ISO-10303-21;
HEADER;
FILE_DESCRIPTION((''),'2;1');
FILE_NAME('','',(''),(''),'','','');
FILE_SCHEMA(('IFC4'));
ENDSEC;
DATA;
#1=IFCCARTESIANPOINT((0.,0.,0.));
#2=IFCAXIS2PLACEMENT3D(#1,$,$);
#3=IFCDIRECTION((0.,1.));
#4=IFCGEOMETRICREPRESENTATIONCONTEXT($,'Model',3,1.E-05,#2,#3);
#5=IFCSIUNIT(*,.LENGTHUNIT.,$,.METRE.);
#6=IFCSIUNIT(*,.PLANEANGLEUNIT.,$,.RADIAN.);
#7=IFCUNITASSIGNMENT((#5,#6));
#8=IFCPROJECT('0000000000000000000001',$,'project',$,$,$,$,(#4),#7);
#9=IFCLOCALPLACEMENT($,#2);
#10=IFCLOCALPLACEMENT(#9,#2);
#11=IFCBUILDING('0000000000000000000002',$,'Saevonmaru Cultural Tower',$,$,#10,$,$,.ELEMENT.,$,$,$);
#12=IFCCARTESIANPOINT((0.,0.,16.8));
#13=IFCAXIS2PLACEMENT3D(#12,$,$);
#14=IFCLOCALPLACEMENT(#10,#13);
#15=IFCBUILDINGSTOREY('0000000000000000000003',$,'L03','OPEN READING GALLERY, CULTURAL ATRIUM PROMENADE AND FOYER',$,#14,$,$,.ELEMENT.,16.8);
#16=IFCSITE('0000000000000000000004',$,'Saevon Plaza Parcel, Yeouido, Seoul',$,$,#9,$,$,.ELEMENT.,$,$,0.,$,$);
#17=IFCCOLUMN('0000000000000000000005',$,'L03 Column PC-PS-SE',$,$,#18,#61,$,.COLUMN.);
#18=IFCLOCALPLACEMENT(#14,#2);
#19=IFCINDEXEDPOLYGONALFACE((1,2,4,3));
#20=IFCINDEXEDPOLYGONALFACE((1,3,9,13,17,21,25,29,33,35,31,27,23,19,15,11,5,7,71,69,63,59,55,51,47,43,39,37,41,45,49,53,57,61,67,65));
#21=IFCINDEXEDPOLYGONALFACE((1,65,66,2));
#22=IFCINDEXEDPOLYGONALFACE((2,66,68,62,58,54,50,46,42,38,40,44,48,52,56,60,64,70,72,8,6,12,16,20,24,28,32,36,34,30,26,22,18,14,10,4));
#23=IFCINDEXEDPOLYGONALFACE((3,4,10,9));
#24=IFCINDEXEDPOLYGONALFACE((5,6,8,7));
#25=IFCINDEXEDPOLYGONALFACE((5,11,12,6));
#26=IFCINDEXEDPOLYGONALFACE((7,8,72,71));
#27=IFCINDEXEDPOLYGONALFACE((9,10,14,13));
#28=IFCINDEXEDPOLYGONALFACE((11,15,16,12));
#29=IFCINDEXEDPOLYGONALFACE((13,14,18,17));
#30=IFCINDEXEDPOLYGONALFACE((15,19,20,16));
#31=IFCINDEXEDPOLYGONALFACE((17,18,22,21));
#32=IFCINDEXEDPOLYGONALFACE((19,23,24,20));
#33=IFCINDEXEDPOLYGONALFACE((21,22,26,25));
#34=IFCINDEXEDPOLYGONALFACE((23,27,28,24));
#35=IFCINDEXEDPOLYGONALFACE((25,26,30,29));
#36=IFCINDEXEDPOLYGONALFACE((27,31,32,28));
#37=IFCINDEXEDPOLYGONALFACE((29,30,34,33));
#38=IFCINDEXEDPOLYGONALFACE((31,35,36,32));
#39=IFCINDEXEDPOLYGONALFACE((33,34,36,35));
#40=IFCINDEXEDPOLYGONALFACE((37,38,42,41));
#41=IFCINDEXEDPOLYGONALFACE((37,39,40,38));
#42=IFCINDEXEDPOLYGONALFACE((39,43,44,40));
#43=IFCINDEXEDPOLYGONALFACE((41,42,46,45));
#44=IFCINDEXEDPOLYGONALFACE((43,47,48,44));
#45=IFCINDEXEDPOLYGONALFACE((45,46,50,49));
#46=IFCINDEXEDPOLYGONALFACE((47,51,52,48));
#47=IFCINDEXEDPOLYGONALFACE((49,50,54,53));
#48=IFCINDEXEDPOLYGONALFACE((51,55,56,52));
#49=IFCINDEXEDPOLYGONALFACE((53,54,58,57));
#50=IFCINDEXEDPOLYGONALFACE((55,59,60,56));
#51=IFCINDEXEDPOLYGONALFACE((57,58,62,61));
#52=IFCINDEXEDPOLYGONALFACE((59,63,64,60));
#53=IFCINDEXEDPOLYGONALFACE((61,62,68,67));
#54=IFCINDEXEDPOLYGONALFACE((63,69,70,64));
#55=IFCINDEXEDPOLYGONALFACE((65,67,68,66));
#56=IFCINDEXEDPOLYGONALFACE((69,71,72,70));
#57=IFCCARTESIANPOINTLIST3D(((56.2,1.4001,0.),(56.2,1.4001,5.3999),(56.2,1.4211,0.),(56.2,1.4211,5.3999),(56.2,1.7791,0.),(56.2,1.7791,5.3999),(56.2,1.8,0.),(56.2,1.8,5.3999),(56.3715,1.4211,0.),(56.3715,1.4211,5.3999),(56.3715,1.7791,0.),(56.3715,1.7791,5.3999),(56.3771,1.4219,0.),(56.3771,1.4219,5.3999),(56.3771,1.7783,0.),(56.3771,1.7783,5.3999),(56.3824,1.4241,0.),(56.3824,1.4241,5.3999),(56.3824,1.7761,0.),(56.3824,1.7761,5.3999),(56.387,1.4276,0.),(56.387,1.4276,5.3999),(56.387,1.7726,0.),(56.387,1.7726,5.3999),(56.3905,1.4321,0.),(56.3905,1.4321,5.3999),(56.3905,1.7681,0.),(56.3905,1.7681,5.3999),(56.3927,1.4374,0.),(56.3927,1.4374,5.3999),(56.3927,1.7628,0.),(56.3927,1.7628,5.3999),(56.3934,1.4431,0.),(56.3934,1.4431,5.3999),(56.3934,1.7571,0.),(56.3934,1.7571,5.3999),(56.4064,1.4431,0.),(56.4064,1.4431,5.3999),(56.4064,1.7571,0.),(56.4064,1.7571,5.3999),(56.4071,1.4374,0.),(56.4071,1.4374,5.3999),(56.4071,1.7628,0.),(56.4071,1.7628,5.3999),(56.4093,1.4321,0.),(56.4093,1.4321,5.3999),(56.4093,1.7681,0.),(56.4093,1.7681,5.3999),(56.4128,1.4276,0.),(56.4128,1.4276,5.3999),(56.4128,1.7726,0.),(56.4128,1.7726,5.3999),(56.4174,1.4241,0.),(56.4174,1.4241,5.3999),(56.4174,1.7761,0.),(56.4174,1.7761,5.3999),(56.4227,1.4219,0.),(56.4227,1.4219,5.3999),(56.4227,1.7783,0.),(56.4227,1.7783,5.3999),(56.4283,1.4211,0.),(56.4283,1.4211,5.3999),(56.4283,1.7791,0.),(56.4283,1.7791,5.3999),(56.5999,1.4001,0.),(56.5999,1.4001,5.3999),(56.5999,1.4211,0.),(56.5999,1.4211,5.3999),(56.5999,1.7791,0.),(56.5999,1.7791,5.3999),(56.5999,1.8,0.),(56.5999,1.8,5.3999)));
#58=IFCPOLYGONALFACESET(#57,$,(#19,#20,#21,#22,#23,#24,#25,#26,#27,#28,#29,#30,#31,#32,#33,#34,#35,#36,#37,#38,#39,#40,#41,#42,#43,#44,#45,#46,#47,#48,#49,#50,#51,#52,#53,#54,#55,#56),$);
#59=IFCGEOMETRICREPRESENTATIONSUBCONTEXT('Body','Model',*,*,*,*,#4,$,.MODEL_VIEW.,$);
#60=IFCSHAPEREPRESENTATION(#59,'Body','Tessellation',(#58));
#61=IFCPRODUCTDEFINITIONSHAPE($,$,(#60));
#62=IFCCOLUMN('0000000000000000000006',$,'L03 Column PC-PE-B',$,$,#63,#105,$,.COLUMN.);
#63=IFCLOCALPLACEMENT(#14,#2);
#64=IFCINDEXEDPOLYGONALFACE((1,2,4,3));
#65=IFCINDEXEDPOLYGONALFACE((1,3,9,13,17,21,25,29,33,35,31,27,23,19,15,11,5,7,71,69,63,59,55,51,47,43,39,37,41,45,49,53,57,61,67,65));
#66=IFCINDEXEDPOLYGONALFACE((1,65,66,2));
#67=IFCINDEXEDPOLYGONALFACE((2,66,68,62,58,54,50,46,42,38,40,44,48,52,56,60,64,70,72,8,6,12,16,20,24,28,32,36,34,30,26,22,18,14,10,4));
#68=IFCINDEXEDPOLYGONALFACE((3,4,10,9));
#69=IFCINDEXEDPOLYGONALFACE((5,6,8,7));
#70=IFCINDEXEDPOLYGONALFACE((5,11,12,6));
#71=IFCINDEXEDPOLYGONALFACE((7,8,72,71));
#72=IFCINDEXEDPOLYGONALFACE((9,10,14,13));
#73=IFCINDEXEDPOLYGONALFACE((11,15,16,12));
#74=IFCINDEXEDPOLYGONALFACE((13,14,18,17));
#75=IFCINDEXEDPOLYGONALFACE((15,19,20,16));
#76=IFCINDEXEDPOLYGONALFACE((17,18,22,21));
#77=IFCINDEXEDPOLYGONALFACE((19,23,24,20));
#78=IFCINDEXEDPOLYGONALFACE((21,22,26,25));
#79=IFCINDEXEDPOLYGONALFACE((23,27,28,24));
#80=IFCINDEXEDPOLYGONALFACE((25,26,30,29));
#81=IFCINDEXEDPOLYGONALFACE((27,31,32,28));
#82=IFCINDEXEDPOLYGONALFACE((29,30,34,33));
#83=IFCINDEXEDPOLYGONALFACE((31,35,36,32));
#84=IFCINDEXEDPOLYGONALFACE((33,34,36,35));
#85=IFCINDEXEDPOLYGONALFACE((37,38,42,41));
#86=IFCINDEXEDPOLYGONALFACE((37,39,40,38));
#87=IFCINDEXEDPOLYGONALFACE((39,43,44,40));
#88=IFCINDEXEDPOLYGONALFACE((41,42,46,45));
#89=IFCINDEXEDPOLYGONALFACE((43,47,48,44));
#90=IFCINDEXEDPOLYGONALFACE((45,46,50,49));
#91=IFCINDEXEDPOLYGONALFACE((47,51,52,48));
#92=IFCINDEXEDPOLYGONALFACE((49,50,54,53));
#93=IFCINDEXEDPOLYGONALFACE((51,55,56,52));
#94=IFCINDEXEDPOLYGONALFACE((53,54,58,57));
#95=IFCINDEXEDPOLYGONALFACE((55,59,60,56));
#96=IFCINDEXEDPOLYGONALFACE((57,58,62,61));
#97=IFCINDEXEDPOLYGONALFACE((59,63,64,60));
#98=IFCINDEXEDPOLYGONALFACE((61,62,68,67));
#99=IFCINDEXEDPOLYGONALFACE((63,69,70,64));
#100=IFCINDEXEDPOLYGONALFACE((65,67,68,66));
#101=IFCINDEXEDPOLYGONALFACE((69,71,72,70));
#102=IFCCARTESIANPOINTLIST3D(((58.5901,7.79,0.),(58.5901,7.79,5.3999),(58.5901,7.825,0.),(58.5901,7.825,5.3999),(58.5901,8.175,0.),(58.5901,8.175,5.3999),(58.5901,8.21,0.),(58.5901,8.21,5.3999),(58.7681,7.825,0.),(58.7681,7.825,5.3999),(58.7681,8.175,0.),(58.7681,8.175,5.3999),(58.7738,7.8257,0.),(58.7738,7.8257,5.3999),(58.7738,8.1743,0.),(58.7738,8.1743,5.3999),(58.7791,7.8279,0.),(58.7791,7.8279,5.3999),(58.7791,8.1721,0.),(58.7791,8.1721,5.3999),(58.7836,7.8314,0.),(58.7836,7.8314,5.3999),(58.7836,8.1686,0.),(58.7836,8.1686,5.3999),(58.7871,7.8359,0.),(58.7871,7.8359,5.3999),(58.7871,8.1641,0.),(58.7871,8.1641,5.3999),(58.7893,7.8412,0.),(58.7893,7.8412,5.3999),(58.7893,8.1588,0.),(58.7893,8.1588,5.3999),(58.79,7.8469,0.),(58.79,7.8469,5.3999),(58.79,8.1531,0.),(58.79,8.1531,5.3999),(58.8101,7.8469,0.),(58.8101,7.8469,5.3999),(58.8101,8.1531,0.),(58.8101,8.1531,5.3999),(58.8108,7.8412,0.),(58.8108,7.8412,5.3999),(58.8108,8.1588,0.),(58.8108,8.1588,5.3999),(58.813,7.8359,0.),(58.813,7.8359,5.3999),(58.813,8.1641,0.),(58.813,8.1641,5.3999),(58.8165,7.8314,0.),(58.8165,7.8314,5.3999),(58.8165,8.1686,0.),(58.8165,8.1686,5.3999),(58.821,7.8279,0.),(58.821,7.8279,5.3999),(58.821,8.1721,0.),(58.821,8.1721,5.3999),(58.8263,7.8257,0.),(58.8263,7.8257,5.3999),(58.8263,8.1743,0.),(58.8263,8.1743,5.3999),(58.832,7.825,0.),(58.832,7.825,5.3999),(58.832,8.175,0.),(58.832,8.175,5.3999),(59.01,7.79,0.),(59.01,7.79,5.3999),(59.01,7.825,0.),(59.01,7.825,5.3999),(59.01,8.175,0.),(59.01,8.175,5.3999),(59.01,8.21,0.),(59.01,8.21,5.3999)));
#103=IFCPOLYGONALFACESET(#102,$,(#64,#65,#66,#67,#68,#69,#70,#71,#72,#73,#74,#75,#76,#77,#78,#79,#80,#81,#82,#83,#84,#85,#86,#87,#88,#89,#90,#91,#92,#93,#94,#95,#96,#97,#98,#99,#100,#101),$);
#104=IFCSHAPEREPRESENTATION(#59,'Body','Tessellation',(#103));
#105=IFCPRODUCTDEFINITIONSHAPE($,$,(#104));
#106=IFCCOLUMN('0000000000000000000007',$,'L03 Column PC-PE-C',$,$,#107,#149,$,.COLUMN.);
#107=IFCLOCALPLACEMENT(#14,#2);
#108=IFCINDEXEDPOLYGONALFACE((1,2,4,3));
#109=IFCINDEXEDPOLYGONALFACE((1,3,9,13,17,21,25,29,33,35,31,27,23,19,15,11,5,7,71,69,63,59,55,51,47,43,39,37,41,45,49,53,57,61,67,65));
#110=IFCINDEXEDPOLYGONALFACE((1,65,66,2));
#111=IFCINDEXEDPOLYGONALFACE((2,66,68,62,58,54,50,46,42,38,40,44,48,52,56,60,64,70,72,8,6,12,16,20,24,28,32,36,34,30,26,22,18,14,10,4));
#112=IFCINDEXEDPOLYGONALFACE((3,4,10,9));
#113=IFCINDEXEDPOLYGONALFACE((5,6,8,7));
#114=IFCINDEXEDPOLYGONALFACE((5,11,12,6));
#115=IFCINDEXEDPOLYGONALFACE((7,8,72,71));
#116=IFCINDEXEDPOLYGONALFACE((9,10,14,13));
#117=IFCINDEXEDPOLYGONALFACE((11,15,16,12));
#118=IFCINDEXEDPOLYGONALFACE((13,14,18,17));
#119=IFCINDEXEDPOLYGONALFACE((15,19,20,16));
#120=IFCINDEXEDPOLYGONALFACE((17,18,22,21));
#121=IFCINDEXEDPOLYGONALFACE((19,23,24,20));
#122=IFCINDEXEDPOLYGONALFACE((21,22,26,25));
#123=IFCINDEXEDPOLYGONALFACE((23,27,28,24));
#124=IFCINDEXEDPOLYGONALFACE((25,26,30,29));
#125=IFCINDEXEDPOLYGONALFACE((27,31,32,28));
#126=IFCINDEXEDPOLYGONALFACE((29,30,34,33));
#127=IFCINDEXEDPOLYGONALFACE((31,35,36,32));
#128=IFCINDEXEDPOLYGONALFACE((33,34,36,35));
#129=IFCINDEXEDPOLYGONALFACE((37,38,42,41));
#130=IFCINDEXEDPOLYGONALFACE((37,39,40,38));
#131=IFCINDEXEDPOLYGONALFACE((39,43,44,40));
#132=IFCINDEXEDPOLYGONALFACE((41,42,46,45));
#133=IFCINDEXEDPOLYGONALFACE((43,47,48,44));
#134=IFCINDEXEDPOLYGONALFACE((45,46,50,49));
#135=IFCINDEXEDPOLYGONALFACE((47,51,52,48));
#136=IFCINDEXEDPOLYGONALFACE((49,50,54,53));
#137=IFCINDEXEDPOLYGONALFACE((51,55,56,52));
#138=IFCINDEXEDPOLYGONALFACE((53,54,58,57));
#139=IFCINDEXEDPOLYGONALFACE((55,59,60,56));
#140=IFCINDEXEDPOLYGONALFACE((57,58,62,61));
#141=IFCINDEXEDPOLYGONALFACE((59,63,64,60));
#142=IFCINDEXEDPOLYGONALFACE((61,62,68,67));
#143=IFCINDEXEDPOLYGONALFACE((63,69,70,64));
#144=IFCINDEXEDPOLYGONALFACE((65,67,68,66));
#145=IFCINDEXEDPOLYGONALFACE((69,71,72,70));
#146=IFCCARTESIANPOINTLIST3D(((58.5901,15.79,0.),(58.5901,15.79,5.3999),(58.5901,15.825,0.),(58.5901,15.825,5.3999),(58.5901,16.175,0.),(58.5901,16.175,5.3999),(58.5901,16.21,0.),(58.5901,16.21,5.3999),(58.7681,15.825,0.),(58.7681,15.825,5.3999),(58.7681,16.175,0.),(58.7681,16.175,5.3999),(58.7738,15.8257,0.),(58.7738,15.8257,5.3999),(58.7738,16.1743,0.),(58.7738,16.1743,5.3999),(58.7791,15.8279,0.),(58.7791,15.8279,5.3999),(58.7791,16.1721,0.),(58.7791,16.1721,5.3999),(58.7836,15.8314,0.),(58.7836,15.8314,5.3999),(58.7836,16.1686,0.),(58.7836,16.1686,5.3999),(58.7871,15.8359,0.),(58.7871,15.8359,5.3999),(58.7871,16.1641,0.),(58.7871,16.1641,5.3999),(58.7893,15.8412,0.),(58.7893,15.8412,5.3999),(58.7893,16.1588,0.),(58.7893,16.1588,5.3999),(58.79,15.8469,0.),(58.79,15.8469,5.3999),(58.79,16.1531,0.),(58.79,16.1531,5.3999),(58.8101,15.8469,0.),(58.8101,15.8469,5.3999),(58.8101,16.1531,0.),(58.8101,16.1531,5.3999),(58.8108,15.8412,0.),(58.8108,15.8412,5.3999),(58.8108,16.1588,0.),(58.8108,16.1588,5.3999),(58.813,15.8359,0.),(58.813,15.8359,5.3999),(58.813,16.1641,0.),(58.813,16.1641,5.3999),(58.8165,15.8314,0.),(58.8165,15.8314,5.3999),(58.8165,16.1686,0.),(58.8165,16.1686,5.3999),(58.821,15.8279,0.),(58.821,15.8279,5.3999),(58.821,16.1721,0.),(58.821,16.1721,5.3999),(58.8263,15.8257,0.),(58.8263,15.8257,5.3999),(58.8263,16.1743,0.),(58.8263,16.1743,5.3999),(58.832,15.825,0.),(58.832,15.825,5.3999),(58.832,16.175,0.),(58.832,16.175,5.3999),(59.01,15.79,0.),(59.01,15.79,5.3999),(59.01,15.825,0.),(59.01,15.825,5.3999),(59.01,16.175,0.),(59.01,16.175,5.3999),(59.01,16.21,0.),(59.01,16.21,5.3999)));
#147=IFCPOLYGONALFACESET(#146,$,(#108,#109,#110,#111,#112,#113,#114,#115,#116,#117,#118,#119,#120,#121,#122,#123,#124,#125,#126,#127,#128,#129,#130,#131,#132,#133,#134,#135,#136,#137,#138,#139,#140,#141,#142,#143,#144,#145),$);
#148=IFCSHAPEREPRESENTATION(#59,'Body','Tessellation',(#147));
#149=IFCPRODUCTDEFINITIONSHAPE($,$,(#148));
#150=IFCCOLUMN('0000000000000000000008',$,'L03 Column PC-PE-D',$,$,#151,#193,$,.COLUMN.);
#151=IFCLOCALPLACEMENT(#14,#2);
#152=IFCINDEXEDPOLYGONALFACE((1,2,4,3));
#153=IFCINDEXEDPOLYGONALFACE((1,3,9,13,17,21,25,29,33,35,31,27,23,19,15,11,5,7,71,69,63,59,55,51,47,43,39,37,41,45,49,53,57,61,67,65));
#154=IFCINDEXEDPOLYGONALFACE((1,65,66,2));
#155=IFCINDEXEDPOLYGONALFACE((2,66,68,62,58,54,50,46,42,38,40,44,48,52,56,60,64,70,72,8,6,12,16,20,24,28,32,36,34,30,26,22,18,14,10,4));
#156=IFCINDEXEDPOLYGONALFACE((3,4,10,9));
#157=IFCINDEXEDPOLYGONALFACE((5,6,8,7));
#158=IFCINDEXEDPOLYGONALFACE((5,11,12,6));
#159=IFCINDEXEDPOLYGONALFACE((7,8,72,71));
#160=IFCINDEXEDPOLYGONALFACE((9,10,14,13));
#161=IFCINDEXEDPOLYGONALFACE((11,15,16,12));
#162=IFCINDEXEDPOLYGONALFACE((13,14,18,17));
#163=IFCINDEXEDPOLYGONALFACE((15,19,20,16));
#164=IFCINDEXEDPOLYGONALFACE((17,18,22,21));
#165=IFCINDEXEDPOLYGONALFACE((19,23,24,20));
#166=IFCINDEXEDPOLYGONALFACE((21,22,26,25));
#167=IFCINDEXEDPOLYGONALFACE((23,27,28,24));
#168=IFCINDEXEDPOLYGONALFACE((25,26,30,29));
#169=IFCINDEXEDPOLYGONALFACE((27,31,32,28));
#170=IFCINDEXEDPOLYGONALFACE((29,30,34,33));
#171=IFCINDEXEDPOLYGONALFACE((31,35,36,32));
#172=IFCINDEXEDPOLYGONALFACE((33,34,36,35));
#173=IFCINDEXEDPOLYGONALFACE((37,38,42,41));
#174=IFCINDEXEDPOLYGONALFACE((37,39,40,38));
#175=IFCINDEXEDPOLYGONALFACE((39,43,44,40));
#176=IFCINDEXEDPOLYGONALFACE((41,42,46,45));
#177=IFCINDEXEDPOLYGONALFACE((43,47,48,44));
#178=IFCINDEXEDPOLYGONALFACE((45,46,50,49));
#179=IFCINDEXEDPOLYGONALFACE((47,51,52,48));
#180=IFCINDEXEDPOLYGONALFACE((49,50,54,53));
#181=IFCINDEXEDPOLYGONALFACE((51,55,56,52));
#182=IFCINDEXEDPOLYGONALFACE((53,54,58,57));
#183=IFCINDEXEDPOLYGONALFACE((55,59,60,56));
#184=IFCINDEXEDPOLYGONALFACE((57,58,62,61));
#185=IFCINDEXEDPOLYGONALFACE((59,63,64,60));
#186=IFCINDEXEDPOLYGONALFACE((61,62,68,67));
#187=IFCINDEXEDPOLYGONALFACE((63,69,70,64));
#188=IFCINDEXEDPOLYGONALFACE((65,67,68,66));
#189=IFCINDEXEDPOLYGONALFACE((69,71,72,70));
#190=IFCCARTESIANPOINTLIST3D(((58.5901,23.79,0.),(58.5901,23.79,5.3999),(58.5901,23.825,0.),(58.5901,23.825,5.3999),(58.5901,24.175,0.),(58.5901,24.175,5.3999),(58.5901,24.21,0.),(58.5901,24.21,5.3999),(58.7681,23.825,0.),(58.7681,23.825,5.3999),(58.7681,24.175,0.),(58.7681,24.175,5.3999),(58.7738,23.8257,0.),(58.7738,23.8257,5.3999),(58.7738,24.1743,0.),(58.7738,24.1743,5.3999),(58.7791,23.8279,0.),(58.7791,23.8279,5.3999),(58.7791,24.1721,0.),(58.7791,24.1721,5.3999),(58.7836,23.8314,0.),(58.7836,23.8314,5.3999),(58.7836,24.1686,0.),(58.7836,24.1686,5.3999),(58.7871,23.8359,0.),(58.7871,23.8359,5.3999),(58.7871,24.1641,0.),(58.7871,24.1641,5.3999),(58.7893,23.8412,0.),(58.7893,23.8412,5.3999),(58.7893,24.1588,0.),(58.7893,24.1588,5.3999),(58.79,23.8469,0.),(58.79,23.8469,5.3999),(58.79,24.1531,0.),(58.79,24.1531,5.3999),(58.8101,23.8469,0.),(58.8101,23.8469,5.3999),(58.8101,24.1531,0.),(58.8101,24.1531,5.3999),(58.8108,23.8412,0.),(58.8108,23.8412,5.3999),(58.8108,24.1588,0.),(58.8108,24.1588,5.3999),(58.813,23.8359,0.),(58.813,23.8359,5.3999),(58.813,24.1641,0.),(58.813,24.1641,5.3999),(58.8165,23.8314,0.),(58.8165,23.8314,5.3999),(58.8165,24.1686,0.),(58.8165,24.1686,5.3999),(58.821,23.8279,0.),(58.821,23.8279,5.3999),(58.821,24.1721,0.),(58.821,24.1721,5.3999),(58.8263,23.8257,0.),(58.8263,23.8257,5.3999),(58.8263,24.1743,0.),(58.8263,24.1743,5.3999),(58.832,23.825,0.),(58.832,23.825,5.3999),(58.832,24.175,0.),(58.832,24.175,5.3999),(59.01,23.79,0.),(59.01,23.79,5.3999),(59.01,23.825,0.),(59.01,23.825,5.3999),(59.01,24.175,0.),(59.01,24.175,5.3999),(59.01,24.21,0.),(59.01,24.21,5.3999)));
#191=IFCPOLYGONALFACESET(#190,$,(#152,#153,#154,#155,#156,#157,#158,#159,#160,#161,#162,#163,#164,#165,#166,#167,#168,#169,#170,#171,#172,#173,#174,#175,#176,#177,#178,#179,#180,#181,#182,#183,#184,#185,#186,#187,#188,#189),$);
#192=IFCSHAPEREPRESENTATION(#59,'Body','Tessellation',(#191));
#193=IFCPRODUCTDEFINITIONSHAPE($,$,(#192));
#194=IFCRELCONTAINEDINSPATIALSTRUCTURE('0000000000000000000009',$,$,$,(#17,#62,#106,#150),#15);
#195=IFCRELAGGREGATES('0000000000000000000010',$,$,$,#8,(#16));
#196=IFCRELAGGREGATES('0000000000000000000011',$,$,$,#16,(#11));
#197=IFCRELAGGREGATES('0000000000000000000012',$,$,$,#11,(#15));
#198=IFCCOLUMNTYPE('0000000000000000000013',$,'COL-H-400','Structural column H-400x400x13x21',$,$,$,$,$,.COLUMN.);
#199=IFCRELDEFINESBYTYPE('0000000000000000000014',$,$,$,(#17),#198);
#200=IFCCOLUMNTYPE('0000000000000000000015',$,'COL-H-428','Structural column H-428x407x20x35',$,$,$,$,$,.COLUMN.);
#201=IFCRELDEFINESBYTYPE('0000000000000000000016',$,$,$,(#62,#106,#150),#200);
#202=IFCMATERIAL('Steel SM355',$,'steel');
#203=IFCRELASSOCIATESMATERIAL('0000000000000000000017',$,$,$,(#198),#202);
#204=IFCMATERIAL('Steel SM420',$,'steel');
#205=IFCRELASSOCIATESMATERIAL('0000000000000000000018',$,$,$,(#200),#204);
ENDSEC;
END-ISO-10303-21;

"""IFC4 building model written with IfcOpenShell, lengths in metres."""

from ifc_helpers import new_model, si_unit, direction, frame, origin, origin_2d, place, context, subcontext, project, spatial, i_section, extrude, material, material_profile, profile_set, type_object, element, save


model = new_model("IFC4")

# Units and contexts
model_context = context("Model", 3, precision=1e-05, world=origin(), true_north=direction((0.0, 1.0)))
body_context = subcontext(model_context, "Body", "Model", "MODEL_VIEW")
ifc_project = project(units=[si_unit("LENGTHUNIT", "METRE"), si_unit("PLANEANGLEUNIT", "RADIAN")], contexts=[model_context])

# Site, building, storey
site_placement = place(None, origin())
site = spatial("IfcSite", under=ifc_project, at=site_placement, Name="Saevon Plaza Parcel, Yeouido, Seoul", CompositionType="ELEMENT", RefElevation=0.0)
building_placement = place(site_placement, origin())
building = spatial("IfcBuilding", under=site, at=building_placement, Name="Saevonmaru Cultural Tower", CompositionType="ELEMENT")
storey_placement = place(building_placement, frame((0.0, 0.0, 16.8)))
storey = spatial("IfcBuildingStorey", under=building, at=storey_placement, Name="L03", Description="OPEN READING GALLERY, CULTURAL ATRIUM PROMENADE AND FOYER", CompositionType="ELEMENT", Elevation=16.8)

# Columns
ifc_material_1 = material(Name="Steel SM355", Category="steel")
ifc_material_profile_1 = material_profile(ifc_material_1, i_section(OverallWidth=0.3999, OverallDepth=0.3999, WebThickness=0.0129, FlangeThickness=0.021, FilletRadius=0.022, at=origin_2d()), Name="H-400x400x13x21")
ifc_profile_set_1 = profile_set([ifc_material_profile_1], Name="Steel SM355")
column_type_1 = type_object("IfcColumnType", Name="COL-H-400", Description="Structural column H-400x400x13x21", PredefinedType="COLUMN", material=ifc_profile_set_1)
column_placement = place(storey_placement, frame((56.3999, 1.6001, 0.0), z_axis=(0.0, 0.0, 1.0), x_axis=(1.0, 0.0, 0.0)))
element("IfcColumn", 1, at=column_placement, inside=storey, type_object=column_type_1, Name="L03 Column PC-PS-SE", PredefinedType="COLUMN", context=body_context, shape_type="SweptSolid", body=[
    extrude(i_section(OverallWidth=0.3999, OverallDepth=0.3999, WebThickness=0.0129, FlangeThickness=0.021, FilletRadius=0.022, at=origin_2d()), origin(), (0.0, 0.0, 1.0), 5.3999),
])
ifc_material_2 = material(Name="Steel SM420", Category="steel")
ifc_material_profile_2 = material_profile(ifc_material_2, i_section(OverallWidth=0.4199, OverallDepth=0.4199, WebThickness=0.02, FlangeThickness=0.0349, FilletRadius=0.022, at=origin_2d()), Name="H-428x407x20x35")
ifc_profile_set_2 = profile_set([ifc_material_profile_2], Name="Steel SM420")
column_type_2 = type_object("IfcColumnType", Name="COL-H-428", Description="Structural column H-428x407x20x35", PredefinedType="COLUMN", material=ifc_profile_set_2)
for number, where, z_axis, x_axis, name in (
    (2, (58.8, 8.0, 0.0), (0.0, 0.0, 1.0), (1.0, 0.0, 0.0), "L03 Column PC-PE-B"),
    (3, (58.8, 16.0, 0.0), (0.0, 0.0, 1.0), (1.0, 0.0, 0.0), "L03 Column PC-PE-C"),
    (4, (58.8, 24.0, 0.0), (0.0, 0.0, 1.0), (1.0, 0.0, 0.0), "L03 Column PC-PE-D"),
):
    element("IfcColumn", number, at=place(storey_placement, frame(where, z_axis=z_axis, x_axis=x_axis)), inside=storey, type_object=column_type_2, Name=name, PredefinedType="COLUMN", context=body_context, shape_type="SweptSolid", body=[
        extrude(i_section(OverallWidth=0.4199, OverallDepth=0.4199, WebThickness=0.02, FlangeThickness=0.0349, FilletRadius=0.022, at=origin_2d()), origin(), (0.0, 0.0, 1.0), 5.3999),
    ])

save(model, "model.ifc")
